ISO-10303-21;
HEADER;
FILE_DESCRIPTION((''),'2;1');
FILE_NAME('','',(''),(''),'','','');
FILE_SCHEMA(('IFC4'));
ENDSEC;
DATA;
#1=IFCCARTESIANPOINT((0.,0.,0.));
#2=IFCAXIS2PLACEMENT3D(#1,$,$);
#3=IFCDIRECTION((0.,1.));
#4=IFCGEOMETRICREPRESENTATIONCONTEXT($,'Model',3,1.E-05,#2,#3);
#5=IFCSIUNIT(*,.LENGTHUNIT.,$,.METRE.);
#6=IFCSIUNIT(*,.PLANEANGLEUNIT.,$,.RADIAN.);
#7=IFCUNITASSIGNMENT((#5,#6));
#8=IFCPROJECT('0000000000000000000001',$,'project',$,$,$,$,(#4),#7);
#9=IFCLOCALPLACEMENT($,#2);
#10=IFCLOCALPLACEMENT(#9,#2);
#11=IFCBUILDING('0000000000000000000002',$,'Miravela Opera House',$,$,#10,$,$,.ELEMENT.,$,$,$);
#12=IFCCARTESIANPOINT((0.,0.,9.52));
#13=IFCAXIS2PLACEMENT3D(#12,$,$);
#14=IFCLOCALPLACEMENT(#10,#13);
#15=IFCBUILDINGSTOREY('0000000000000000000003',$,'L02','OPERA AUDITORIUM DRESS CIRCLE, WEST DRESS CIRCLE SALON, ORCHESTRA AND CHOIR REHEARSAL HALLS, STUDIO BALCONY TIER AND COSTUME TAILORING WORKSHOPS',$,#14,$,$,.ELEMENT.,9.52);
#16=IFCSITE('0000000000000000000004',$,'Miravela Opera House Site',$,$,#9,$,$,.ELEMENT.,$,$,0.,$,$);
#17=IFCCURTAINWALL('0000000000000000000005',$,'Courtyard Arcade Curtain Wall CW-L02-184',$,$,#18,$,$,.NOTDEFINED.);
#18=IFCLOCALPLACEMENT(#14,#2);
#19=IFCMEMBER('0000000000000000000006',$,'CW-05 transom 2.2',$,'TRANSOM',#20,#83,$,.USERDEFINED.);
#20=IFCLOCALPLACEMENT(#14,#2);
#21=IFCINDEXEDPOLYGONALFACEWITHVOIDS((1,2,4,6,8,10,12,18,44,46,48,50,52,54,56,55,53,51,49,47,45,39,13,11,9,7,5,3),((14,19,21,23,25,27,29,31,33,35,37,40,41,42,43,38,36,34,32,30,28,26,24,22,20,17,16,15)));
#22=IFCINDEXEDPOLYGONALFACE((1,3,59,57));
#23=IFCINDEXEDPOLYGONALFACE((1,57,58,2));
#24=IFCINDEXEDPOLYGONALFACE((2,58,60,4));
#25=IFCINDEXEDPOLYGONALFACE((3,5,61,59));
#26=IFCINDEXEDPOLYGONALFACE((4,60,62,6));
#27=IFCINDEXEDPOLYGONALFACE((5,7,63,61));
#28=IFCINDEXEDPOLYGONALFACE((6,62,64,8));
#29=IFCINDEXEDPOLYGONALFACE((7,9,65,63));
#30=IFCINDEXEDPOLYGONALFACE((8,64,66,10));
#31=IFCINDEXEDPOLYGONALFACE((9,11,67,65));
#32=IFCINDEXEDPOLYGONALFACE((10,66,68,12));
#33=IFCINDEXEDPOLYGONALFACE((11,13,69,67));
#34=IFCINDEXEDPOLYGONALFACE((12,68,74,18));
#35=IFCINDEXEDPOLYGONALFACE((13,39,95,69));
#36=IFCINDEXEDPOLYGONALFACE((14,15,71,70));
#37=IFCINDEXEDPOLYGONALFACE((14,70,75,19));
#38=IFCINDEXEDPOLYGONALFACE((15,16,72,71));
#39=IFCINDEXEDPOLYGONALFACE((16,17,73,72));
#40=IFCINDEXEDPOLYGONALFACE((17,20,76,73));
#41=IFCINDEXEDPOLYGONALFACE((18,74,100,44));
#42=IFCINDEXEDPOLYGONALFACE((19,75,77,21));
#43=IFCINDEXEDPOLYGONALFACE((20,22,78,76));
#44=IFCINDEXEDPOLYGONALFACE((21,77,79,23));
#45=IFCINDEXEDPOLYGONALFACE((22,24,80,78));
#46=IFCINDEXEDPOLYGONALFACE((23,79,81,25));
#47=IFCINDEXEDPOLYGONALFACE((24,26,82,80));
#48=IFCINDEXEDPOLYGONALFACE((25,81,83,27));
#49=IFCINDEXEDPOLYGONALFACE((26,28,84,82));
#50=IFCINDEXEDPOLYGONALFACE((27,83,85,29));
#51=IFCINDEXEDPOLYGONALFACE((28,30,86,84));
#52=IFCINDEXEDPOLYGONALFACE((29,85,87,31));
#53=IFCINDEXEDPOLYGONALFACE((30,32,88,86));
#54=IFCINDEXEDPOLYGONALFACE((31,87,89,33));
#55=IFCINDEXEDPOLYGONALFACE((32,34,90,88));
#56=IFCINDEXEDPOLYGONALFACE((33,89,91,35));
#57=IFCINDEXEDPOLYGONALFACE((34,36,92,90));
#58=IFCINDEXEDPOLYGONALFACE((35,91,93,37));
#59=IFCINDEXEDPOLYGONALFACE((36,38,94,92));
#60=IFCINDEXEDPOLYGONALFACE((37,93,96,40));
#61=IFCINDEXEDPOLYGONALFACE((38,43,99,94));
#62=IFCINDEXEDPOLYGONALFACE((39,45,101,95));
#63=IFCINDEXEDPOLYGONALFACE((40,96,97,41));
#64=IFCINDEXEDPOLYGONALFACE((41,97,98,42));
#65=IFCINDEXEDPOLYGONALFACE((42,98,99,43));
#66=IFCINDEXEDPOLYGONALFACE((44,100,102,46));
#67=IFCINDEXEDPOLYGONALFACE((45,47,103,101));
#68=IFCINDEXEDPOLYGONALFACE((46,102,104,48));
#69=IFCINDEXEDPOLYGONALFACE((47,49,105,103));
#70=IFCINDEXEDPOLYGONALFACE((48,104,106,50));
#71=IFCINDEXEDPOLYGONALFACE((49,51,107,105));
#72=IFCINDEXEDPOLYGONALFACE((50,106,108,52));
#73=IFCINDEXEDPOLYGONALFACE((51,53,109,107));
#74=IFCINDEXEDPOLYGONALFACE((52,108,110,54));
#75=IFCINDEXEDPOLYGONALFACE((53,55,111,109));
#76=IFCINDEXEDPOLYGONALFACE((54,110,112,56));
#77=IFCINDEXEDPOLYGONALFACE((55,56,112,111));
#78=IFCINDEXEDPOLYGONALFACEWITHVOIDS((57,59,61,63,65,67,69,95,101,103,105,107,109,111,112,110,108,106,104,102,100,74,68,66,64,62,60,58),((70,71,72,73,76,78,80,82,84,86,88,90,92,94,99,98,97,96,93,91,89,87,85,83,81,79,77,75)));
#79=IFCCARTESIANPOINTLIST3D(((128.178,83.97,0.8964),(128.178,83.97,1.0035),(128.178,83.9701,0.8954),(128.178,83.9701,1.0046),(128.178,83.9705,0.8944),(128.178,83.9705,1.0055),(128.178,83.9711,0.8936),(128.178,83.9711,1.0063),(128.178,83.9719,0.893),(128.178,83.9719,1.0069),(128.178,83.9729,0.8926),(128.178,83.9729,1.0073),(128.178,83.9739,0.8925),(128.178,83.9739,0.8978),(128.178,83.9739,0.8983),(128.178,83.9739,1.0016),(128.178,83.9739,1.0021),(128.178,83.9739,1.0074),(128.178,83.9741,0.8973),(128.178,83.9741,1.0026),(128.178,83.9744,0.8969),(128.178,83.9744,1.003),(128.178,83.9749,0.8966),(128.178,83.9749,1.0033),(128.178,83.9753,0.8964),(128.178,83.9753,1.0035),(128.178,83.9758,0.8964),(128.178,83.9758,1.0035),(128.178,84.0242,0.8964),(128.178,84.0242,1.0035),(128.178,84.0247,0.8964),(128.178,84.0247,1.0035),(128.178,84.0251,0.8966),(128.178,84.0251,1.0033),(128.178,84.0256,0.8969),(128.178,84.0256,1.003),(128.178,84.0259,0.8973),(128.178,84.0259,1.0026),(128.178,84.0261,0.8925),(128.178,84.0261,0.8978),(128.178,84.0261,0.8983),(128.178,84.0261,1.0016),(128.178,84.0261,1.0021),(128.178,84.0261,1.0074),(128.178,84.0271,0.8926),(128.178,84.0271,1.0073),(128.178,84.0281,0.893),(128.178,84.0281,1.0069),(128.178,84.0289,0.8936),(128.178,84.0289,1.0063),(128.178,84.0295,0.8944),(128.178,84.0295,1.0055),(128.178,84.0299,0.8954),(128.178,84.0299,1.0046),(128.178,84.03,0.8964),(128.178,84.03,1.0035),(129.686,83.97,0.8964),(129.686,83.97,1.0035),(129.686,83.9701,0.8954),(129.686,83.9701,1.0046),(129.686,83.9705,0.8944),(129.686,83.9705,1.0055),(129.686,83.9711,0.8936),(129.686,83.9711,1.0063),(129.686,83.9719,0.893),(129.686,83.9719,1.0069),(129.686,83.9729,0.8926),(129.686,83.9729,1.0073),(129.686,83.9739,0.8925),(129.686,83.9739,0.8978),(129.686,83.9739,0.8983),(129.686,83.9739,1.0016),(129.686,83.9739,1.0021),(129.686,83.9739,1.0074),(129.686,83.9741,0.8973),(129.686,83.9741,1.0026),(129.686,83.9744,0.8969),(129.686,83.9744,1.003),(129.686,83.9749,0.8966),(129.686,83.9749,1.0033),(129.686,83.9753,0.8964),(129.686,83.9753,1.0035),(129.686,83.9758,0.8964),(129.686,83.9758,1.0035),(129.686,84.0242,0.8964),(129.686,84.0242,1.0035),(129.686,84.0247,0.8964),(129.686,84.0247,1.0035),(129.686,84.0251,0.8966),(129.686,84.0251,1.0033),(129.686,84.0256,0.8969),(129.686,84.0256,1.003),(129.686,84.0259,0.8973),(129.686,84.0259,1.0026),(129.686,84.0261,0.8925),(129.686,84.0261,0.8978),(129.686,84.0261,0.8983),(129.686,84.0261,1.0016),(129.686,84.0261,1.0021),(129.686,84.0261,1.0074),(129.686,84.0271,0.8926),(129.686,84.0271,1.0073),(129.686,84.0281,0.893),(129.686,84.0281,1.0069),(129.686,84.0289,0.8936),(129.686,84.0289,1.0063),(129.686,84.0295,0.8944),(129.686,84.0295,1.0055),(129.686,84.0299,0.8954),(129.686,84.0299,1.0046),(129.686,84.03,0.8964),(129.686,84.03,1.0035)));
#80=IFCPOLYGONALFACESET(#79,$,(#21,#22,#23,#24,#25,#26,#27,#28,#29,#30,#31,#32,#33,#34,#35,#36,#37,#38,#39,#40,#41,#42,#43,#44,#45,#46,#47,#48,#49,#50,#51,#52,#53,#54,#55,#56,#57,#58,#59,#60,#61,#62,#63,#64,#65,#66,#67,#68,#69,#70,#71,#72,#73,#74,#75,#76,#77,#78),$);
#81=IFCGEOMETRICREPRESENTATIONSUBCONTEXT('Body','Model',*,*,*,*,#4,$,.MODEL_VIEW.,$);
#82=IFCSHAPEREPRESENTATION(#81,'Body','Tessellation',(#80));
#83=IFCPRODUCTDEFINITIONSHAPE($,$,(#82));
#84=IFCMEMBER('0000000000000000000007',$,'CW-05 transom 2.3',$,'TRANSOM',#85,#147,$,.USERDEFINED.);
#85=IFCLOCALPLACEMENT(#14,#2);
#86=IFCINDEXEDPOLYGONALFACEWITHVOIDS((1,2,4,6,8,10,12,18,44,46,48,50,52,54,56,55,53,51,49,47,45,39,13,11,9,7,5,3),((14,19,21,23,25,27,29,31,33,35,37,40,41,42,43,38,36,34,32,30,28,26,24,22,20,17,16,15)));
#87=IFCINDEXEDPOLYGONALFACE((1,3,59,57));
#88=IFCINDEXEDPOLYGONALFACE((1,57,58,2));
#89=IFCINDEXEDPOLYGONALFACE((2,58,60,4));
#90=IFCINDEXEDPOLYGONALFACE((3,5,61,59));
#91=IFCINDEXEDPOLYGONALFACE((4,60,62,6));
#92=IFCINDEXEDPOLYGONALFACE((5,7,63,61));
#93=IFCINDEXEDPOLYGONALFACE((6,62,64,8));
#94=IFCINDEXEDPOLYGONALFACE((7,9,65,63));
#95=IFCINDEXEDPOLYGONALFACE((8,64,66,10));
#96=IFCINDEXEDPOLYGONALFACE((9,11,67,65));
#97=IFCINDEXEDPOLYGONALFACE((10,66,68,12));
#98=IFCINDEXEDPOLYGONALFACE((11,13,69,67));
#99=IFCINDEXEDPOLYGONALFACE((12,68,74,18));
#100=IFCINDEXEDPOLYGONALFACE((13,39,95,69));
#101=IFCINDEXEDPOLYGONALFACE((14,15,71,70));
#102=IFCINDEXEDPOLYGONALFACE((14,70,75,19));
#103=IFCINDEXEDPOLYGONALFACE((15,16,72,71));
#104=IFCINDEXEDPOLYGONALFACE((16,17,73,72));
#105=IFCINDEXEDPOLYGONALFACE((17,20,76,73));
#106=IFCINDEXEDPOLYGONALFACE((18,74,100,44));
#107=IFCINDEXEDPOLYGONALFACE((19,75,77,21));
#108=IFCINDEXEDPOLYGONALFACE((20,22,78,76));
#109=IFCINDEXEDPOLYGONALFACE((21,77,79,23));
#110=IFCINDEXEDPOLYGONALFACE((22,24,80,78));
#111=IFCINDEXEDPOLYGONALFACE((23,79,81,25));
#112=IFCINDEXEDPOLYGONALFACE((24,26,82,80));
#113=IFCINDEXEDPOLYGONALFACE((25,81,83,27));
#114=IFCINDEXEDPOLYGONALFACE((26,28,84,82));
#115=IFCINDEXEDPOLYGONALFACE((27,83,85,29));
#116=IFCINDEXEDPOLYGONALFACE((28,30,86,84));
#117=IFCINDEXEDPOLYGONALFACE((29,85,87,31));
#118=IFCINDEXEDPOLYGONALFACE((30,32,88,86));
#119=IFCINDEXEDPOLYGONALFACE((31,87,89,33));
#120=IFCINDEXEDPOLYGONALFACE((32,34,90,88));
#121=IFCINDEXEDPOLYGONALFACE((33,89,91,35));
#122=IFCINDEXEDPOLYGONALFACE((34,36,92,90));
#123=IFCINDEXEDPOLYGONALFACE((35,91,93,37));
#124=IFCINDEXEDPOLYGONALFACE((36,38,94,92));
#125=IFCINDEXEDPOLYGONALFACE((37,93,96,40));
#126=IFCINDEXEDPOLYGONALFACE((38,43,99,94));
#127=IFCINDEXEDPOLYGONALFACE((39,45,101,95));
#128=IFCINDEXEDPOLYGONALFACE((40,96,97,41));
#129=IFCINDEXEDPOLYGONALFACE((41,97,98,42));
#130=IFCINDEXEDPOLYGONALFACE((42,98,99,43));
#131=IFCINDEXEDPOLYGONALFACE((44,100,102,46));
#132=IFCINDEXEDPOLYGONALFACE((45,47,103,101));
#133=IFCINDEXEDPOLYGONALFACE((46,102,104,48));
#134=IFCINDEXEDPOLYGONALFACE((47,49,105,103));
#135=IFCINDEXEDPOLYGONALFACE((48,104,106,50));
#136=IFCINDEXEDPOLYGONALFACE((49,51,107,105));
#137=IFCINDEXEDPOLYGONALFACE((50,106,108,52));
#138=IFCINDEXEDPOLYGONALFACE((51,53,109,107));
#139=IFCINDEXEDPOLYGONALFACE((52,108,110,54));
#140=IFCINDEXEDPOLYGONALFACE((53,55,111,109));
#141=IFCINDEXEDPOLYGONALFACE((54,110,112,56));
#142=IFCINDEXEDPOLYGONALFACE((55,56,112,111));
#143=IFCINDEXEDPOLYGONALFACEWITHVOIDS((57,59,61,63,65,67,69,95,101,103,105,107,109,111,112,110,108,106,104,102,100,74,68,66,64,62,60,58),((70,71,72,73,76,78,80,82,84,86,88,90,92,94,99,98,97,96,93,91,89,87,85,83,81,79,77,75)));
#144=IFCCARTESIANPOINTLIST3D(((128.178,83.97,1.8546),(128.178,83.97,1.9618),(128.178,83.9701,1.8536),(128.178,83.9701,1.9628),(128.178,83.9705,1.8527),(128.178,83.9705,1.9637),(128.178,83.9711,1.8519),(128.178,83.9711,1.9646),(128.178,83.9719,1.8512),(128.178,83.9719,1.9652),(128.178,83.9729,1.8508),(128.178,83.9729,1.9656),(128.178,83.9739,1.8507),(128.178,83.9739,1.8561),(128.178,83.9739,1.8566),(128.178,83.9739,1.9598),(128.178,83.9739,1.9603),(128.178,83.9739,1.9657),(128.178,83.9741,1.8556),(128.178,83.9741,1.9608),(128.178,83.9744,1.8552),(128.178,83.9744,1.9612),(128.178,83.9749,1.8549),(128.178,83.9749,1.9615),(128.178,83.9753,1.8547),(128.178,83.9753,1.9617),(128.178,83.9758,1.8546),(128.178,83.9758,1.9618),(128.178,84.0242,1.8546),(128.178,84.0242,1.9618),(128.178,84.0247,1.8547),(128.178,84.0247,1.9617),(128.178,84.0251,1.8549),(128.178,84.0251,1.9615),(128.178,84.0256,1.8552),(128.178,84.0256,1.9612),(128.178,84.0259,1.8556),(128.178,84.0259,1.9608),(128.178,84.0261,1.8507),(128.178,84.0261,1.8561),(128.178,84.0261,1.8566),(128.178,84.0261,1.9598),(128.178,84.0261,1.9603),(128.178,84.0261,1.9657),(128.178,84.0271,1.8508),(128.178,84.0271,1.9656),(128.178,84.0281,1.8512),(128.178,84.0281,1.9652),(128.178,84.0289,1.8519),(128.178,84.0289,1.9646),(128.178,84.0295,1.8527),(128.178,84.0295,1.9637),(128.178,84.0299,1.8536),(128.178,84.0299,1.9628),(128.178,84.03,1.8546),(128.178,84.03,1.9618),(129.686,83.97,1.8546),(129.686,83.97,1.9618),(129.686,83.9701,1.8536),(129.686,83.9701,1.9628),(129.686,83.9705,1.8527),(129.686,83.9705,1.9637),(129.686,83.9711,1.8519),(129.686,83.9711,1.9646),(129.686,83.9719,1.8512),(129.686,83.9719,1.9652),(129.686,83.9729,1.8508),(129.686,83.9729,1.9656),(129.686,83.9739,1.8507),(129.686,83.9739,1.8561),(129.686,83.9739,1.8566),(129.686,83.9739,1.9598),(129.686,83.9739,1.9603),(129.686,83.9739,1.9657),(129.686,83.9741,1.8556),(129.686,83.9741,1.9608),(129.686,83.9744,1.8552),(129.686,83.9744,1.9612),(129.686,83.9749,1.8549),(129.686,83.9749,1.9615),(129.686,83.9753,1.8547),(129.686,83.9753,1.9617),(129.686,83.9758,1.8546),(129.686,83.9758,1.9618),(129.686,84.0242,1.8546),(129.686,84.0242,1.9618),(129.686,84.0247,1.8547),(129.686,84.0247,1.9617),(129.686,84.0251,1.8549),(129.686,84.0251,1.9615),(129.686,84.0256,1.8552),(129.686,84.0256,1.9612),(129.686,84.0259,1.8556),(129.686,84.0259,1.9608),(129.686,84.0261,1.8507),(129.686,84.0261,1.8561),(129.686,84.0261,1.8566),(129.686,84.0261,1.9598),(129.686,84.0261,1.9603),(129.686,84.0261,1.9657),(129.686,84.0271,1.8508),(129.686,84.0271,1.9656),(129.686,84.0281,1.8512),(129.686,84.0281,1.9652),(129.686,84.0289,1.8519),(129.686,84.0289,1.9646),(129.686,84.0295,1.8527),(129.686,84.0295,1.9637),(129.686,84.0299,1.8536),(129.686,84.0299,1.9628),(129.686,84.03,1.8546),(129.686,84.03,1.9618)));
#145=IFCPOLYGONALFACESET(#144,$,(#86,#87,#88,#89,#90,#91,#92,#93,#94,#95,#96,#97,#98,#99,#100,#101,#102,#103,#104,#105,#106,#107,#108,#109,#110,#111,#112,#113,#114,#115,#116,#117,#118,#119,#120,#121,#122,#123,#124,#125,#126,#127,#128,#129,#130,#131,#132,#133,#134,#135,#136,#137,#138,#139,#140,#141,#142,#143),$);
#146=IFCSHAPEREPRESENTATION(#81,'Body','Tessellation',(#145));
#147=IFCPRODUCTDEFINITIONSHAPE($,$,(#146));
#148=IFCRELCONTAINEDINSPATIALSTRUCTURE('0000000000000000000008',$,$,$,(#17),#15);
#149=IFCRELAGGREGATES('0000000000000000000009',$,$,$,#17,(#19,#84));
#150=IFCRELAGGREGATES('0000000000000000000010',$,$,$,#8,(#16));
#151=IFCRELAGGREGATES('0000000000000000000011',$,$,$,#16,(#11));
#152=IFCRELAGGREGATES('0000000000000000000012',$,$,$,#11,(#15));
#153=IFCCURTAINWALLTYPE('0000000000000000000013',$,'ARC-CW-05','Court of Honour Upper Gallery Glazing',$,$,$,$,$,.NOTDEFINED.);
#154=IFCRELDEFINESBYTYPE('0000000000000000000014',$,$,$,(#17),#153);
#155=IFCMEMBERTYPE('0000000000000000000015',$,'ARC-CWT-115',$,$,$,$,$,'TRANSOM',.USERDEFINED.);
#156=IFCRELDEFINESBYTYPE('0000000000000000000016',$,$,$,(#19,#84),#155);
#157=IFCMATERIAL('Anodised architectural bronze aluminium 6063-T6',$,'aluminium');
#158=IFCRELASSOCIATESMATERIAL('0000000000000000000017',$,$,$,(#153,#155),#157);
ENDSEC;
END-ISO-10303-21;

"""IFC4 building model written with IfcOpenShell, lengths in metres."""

from ifc_helpers import new_model, si_unit, direction, frame, origin, origin_2d, place, context, subcontext, project, spatial, hollow_rectangle, extrude, material, material_profile, profile_set, type_object, element, aggregate, save


model = new_model("IFC4")

# Units and contexts
model_context = context("Model", 3, precision=1e-05, world=origin(), true_north=direction((0.0, 1.0)))
body_context = subcontext(model_context, "Body", "Model", "MODEL_VIEW")
ifc_project = project(units=[si_unit("LENGTHUNIT", "METRE"), si_unit("PLANEANGLEUNIT", "RADIAN")], contexts=[model_context])

# Site, building, storey
site_placement = place(None, origin())
site = spatial("IfcSite", under=ifc_project, at=site_placement, Name="Miravela Opera House Site", CompositionType="ELEMENT", RefElevation=0.0)
building_placement = place(site_placement, origin())
building = spatial("IfcBuilding", under=site, at=building_placement, Name="Miravela Opera House", CompositionType="ELEMENT")
storey_placement = place(building_placement, frame((0.0, 0.0, 9.52)))
storey = spatial("IfcBuildingStorey", under=building, at=storey_placement, Name="L02", Description="OPERA AUDITORIUM DRESS CIRCLE, WEST DRESS CIRCLE SALON, ORCHESTRA AND CHOIR REHEARSAL HALLS, STUDIO BALCONY TIER AND COSTUME TAILORING WORKSHOPS", CompositionType="ELEMENT", Elevation=9.52)

# Curtain wall, members
ifc_material_1 = material(Name="Anodised architectural bronze aluminium 6063-T6", Category="aluminium")
curtain_wall_type = type_object("IfcCurtainWallType", Name="ARC-CW-05", Description="Court of Honour Upper Gallery Glazing", PredefinedType="NOTDEFINED", material=ifc_material_1)
curtain_wall_placement = place(storey_placement, origin())
curtain_wall = element("IfcCurtainWall", 1, at=curtain_wall_placement, inside=storey, type_object=curtain_wall_type, Name="Courtyard Arcade Curtain Wall CW-L02-184", PredefinedType="NOTDEFINED")
ifc_material_profile_1 = material_profile(ifc_material_1, hollow_rectangle(XDim=0.0601, YDim=0.115, WallThickness=0.0039, InnerFilletRadius=0.002, OuterFilletRadius=0.0039, at=origin_2d()), Name="CWT-60X115")
ifc_profile_set_1 = profile_set([ifc_material_profile_1])
member_type_1 = type_object("IfcMemberType", Name="ARC-CWT-115", ElementType="TRANSOM", PredefinedType="USERDEFINED", material=ifc_profile_set_1)
member_1_placement = place(storey_placement, frame((128.178, 84.0, 0.95), z_axis=(1.0, 0.0, 0.0), x_axis=(0.0, 1.0, 0.0)))
member_1 = element("IfcMember", 2, at=member_1_placement, type_object=member_type_1, Name="CW-05 transom 2.2", ObjectType="TRANSOM", PredefinedType="USERDEFINED", context=body_context, shape_type="SweptSolid", body=[
    extrude(hollow_rectangle(XDim=0.0601, YDim=0.115, WallThickness=0.0039, InnerFilletRadius=0.002, OuterFilletRadius=0.0039, at=origin_2d()), origin(), (0.0, 0.0, 1.0), 1.5081),
])
member_2_placement = place(storey_placement, frame((128.178, 84.0, 1.9082), z_axis=(1.0, 0.0, 0.0), x_axis=(0.0, 1.0, 0.0)))
member_2 = element("IfcMember", 3, at=member_2_placement, type_object=member_type_1, Name="CW-05 transom 2.3", ObjectType="TRANSOM", PredefinedType="USERDEFINED", context=body_context, shape_type="SweptSolid", body=[
    extrude(hollow_rectangle(XDim=0.0601, YDim=0.115, WallThickness=0.0039, InnerFilletRadius=0.002, OuterFilletRadius=0.0039, at=origin_2d()), origin(), (0.0, 0.0, 1.0), 1.5081),
])
aggregate(curtain_wall, [member_1, member_2])

save(model, "model.ifc")
